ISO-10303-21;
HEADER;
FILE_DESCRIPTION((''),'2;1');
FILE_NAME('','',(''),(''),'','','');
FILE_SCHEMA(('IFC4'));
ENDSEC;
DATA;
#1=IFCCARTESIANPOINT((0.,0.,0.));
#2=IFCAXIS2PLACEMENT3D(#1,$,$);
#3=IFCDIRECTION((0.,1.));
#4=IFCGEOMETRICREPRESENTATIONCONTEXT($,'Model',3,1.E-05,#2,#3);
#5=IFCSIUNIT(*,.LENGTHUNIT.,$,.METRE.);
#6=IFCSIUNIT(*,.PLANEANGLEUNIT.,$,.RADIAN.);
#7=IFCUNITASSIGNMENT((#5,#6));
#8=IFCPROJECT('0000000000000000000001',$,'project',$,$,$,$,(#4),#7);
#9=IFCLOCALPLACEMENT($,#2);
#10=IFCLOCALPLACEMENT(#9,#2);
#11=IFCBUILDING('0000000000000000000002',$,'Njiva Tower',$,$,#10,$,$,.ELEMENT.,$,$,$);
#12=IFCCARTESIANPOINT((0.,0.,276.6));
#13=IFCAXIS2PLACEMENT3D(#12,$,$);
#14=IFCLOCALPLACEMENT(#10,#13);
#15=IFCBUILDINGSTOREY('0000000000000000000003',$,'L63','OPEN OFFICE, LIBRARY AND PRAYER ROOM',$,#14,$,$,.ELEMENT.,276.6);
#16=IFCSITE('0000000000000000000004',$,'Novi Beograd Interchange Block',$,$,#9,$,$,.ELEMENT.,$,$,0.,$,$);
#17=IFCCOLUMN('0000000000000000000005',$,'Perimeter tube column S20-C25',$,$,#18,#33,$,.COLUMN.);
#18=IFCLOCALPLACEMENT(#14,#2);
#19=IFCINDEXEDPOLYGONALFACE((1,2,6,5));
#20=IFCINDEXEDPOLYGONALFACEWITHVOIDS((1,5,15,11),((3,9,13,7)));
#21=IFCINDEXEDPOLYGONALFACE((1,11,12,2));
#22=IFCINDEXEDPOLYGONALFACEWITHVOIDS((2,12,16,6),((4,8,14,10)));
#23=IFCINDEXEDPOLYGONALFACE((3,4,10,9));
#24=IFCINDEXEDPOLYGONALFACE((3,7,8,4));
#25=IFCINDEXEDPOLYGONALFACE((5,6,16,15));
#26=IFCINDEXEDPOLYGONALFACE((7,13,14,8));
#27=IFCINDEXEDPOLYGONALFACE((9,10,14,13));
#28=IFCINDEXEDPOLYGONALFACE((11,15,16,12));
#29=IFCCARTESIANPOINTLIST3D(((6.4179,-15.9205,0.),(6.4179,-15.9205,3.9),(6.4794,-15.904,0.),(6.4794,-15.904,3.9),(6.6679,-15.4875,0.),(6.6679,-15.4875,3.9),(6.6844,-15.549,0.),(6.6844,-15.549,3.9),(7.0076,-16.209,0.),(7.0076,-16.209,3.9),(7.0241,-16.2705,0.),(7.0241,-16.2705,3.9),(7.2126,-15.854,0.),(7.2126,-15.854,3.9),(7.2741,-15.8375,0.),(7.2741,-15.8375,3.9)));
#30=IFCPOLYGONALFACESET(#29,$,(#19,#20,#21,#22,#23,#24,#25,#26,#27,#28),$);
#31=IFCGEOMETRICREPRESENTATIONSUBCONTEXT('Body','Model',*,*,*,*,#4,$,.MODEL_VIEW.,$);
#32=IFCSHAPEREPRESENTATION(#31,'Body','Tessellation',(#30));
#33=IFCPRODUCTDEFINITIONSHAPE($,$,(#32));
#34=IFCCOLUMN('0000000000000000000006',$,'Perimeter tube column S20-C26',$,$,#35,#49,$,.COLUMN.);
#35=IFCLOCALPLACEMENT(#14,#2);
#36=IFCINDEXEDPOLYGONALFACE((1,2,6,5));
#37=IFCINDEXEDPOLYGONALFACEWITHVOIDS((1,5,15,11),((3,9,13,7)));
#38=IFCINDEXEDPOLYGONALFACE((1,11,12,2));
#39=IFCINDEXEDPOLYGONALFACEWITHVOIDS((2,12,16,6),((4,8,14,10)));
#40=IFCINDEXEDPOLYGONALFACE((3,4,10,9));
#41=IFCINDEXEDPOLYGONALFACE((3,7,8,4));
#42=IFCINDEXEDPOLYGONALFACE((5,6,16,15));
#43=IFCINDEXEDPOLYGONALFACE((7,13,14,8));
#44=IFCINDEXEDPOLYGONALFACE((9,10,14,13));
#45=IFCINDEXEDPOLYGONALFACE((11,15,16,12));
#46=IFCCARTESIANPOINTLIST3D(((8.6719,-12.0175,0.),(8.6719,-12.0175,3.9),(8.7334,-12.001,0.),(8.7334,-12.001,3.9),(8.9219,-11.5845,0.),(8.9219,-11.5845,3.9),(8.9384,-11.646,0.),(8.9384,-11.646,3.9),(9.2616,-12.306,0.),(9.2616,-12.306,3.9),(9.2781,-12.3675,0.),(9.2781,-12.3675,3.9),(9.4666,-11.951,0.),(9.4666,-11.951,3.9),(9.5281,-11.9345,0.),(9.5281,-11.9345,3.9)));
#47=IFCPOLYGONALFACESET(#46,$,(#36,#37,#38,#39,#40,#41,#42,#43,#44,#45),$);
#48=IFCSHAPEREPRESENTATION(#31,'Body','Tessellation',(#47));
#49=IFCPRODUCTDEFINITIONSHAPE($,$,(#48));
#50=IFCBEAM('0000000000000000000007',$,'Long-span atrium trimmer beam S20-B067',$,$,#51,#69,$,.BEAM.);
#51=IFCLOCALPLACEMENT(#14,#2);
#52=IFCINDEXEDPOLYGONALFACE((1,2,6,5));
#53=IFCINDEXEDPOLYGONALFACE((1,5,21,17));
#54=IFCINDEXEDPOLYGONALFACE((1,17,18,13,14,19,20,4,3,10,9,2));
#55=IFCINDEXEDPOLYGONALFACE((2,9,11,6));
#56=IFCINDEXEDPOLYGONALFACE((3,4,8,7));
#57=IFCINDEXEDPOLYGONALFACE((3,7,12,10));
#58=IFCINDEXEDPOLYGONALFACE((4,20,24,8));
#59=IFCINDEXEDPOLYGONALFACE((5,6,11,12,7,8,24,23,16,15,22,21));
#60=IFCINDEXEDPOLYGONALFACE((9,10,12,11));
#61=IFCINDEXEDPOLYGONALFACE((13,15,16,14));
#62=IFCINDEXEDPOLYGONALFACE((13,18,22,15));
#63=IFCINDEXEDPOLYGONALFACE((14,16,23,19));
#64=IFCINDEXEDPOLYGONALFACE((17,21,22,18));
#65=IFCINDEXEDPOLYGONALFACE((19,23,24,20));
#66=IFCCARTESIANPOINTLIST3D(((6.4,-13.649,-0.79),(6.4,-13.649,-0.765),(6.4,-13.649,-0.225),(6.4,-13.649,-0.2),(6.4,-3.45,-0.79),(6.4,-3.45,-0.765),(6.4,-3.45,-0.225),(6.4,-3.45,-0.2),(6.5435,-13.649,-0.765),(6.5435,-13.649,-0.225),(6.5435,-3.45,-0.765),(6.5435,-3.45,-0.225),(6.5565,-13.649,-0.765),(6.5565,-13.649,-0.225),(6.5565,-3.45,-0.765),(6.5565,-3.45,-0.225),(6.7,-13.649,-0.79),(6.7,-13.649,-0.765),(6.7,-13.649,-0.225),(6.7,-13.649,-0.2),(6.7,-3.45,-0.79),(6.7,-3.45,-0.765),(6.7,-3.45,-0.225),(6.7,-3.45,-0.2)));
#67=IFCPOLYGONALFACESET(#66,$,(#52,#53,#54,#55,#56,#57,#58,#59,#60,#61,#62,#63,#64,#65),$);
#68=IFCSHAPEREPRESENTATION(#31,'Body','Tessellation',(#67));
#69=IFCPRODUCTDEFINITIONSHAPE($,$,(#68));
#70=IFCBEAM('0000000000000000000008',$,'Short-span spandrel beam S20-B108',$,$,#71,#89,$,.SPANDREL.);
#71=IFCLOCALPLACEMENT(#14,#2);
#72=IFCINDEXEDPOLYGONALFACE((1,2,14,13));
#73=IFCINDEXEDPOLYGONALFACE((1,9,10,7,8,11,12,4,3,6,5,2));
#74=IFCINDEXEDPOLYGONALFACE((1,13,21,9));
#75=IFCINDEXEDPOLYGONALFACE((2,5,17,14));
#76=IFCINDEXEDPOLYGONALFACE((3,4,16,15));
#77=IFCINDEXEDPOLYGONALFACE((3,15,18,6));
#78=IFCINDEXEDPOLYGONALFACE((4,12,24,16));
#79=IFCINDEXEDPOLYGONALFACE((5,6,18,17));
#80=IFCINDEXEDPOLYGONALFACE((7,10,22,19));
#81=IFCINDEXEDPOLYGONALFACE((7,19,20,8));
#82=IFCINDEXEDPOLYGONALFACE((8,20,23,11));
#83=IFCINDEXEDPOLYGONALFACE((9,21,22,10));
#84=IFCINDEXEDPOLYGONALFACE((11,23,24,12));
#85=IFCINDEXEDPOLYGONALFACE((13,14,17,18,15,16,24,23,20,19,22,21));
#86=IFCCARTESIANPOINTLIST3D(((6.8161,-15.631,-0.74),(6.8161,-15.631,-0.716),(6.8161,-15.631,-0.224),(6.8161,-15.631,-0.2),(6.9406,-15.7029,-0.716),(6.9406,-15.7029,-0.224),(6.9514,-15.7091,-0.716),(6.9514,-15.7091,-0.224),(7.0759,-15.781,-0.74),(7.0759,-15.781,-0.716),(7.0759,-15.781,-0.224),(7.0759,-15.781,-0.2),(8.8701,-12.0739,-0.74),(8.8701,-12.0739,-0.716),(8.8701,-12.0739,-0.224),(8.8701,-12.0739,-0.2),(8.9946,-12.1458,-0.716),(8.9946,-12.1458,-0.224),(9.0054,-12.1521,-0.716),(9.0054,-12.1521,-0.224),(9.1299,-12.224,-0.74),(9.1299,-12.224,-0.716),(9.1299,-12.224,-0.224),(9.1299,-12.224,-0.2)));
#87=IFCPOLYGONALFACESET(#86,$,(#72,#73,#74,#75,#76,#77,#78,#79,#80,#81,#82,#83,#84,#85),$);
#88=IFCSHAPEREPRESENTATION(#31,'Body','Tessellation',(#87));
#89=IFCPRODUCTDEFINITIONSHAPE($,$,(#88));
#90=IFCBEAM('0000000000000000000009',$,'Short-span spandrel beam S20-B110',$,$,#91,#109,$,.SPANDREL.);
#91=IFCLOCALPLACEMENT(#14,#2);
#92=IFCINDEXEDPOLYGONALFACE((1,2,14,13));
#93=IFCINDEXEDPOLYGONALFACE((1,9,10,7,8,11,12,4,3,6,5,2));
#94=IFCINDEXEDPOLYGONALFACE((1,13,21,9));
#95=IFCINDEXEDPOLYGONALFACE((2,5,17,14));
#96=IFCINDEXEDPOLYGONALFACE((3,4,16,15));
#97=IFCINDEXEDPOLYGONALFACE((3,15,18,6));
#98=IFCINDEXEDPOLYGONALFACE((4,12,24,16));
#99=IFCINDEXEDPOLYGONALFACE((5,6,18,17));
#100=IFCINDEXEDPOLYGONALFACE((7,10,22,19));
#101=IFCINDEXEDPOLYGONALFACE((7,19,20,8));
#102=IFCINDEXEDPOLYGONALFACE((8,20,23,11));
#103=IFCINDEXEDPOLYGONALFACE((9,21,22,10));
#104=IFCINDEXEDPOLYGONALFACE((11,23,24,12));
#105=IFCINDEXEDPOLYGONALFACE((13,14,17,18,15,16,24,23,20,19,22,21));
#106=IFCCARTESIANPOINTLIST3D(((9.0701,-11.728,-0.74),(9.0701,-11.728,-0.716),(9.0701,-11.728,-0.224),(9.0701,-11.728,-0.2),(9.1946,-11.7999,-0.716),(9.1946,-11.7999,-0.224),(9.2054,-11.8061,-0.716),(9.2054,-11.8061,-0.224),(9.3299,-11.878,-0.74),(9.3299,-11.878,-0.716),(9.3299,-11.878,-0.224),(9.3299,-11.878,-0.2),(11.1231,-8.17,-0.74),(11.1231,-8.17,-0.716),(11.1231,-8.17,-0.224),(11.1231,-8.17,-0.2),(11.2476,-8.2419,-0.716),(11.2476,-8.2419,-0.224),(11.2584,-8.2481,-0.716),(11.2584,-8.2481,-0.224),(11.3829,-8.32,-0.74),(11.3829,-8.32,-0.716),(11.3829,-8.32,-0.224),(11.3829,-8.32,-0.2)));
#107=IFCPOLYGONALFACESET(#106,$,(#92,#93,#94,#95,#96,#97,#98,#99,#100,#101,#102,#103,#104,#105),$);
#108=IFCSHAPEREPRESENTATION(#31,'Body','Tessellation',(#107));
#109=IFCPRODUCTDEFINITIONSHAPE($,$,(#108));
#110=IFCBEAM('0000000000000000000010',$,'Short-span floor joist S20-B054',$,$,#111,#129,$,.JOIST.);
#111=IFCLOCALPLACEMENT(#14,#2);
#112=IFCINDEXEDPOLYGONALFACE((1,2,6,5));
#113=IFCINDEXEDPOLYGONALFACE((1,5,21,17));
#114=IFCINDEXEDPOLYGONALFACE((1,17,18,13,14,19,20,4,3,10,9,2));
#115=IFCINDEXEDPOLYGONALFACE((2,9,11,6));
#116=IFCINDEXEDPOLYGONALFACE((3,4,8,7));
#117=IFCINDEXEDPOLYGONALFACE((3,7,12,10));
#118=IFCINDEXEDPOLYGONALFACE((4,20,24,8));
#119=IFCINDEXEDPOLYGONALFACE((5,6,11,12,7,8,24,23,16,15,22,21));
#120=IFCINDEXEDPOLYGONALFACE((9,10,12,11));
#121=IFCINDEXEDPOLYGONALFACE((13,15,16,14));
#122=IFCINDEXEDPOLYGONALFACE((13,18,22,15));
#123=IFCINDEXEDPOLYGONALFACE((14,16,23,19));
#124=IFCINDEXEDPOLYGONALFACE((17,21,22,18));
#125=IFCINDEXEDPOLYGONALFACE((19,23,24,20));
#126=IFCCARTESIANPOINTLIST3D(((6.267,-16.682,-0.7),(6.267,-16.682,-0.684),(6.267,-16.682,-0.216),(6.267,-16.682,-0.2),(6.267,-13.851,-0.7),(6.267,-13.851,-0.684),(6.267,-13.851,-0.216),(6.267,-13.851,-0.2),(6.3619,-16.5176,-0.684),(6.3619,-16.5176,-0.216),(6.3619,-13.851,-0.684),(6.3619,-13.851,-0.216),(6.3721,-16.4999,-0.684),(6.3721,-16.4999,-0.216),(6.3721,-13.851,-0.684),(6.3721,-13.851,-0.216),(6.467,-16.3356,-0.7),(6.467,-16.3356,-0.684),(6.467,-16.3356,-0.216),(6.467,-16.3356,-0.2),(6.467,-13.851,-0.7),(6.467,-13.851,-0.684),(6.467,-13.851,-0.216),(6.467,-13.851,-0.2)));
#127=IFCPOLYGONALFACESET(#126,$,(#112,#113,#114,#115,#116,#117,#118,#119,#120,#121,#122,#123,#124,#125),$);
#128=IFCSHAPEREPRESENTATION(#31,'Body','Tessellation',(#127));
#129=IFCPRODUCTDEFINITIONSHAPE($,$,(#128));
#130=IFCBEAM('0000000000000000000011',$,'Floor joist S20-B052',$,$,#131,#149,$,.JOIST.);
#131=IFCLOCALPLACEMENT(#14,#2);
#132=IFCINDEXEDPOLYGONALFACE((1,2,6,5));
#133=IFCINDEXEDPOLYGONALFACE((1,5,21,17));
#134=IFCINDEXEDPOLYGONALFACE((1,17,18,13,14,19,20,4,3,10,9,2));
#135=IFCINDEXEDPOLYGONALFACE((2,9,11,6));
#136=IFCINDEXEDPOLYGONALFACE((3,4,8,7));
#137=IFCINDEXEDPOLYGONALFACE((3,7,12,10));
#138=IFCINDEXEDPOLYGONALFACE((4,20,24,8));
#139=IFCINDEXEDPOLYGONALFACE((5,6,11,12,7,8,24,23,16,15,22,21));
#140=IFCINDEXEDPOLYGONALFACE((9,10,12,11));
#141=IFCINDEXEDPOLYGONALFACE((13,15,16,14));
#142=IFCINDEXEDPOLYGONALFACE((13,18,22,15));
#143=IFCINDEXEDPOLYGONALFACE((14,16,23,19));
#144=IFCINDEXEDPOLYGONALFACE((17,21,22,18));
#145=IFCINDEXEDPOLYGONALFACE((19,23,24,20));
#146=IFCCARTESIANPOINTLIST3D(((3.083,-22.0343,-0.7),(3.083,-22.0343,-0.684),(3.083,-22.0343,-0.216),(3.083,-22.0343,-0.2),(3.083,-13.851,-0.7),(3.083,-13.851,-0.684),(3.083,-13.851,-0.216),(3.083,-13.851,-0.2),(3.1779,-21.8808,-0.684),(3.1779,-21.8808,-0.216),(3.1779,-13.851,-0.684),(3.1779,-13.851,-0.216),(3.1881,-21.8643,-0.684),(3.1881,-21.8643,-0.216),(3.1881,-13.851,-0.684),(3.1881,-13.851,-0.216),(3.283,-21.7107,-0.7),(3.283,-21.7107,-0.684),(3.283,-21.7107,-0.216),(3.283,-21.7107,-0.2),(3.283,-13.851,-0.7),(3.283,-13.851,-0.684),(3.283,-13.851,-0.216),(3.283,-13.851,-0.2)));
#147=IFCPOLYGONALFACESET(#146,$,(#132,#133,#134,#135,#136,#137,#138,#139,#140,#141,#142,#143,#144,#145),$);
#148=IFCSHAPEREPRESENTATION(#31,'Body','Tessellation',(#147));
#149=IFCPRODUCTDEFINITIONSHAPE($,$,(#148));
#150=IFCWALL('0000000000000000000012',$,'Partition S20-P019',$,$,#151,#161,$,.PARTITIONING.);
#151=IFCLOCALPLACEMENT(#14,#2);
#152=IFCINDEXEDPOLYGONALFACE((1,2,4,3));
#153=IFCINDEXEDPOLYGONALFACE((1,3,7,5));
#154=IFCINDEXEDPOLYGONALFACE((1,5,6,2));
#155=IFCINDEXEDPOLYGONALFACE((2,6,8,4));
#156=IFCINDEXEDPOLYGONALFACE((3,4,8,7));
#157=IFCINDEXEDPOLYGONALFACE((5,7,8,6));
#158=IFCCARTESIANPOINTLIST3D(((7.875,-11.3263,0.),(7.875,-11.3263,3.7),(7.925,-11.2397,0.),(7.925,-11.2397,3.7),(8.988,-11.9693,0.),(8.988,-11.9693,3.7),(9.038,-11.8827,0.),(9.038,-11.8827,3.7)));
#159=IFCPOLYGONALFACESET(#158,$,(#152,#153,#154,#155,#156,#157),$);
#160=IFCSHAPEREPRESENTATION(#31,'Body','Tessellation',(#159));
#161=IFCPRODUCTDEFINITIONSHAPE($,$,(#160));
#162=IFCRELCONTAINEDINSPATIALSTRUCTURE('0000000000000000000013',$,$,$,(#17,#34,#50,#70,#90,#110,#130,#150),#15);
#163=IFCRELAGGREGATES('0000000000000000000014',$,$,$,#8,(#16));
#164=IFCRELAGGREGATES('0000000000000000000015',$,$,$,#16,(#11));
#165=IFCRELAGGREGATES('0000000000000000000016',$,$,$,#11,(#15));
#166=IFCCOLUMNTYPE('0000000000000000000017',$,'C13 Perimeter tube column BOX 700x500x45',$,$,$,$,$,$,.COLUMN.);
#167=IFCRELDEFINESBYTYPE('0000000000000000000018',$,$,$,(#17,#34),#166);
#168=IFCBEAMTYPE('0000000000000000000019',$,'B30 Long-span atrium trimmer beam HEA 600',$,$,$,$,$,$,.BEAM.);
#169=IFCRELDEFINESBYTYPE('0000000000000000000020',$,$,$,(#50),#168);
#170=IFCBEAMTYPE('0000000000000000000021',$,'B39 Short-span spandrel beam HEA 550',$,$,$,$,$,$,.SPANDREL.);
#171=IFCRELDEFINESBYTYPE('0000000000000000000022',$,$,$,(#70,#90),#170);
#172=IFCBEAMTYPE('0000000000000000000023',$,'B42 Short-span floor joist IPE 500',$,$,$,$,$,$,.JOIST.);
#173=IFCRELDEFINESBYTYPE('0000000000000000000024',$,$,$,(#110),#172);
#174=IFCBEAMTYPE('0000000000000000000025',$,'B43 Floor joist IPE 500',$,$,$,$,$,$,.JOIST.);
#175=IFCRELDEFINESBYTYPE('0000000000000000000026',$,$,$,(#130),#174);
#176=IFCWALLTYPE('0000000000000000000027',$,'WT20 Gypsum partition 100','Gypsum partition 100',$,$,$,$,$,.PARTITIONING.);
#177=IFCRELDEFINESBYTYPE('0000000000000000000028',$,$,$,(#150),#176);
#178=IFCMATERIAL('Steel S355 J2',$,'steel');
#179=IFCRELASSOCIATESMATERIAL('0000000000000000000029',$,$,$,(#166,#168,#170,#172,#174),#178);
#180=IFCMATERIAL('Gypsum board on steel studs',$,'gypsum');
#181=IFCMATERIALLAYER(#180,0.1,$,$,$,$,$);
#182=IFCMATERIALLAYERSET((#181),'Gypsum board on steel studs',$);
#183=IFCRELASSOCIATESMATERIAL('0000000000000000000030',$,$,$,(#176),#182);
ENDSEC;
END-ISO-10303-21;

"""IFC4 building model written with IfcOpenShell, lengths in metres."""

from ifc_helpers import new_model, si_unit, direction, frame, frame_2d, origin, origin_2d, place, context, subcontext, project, spatial, rectangle, hollow_rectangle, i_section, extrude, clip, halfspace, material, layer, layer_set, material_profile, profile_set, type_object, element, save


model = new_model("IFC4")

# Units and contexts
model_context = context("Model", 3, precision=1e-05, world=origin(), true_north=direction((0.0, 1.0)))
body_context = subcontext(model_context, "Body", "Model", "MODEL_VIEW")
ifc_project = project(units=[si_unit("LENGTHUNIT", "METRE"), si_unit("PLANEANGLEUNIT", "RADIAN")], contexts=[model_context])

# Site, building, storey
site_placement = place(None, origin())
site = spatial("IfcSite", under=ifc_project, at=site_placement, Name="Novi Beograd Interchange Block", CompositionType="ELEMENT", RefElevation=0.0)
building_placement = place(site_placement, origin())
building = spatial("IfcBuilding", under=site, at=building_placement, Name="Njiva Tower", CompositionType="ELEMENT")
storey_placement = place(building_placement, frame((0.0, 0.0, 276.6)))
storey = spatial("IfcBuildingStorey", under=building, at=storey_placement, Name="L63", Description="OPEN OFFICE, LIBRARY AND PRAYER ROOM", CompositionType="ELEMENT", Elevation=276.6)

# Columns
ifc_material_1 = material(Name="Steel S355 J2", Category="steel")
ifc_material_profile_1 = material_profile(ifc_material_1, hollow_rectangle(XDim=0.5, YDim=0.7, WallThickness=0.045, at=origin_2d()), Name="BOX 700x500x45")
ifc_profile_set_1 = profile_set([ifc_material_profile_1], Name="Steel S355 J2")
column_type = type_object("IfcColumnType", Name="C13 Perimeter tube column BOX 700x500x45", PredefinedType="COLUMN", material=ifc_profile_set_1)
for number, where, z_axis, x_axis, name in (
    (1, (6.846, -15.879, 0.0), (0.0, 0.0, 1.0), (0.5, 0.866025, 0.0), "Perimeter tube column S20-C25"),
    (2, (9.1, -11.976, 0.0), (0.0, 0.0, 1.0), (0.5, 0.866025, 0.0), "Perimeter tube column S20-C26"),
):
    element("IfcColumn", number, at=place(storey_placement, frame(where, z_axis=z_axis, x_axis=x_axis)), inside=storey, type_object=column_type, Name=name, PredefinedType="COLUMN", context=body_context, shape_type="SweptSolid", body=[
        extrude(hollow_rectangle(XDim=0.5, YDim=0.7, WallThickness=0.045, at=origin_2d()), origin(), (0.0, 0.0, 1.0), 3.9),
    ])

# Beams
ifc_material_profile_2 = material_profile(ifc_material_1, i_section(OverallWidth=0.3, OverallDepth=0.59, WebThickness=0.013, FlangeThickness=0.025, at=origin_2d()), Name="HEA 600")
ifc_profile_set_2 = profile_set([ifc_material_profile_2], Name="Steel S355 J2")
beam_type_1 = type_object("IfcBeamType", Name="B30 Long-span atrium trimmer beam HEA 600", PredefinedType="BEAM", material=ifc_profile_set_2)
beam_1_placement = place(storey_placement, frame((6.55, -13.649, -0.495), z_axis=(0.0, 1.0, 0.0), x_axis=(-1.0, 0.0, 0.0)))
element("IfcBeam", 3, at=beam_1_placement, inside=storey, type_object=beam_type_1, Name="Long-span atrium trimmer beam S20-B067", PredefinedType="BEAM", context=body_context, shape_type="SweptSolid", body=[
    extrude(i_section(OverallWidth=0.3, OverallDepth=0.59, WebThickness=0.013, FlangeThickness=0.025, at=origin_2d()), origin(), (0.0, 0.0, 1.0), 10.199),
])
ifc_material_profile_3 = material_profile(ifc_material_1, i_section(OverallWidth=0.3, OverallDepth=0.54, WebThickness=0.0125, FlangeThickness=0.024, at=origin_2d()), Name="HEA 550")
ifc_profile_set_3 = profile_set([ifc_material_profile_3], Name="Steel S355 J2")
beam_type_2 = type_object("IfcBeamType", Name="B39 Short-span spandrel beam HEA 550", PredefinedType="SPANDREL", material=ifc_profile_set_3)
beam_2_placement = place(storey_placement, frame((6.946, -15.706, -0.47), z_axis=(0.500067, 0.865987, 0.0), x_axis=(-0.865987, 0.500067, 0.0)))
element("IfcBeam", 4, at=beam_2_placement, inside=storey, type_object=beam_type_2, Name="Short-span spandrel beam S20-B108", PredefinedType="SPANDREL", context=body_context, shape_type="SweptSolid", body=[
    extrude(i_section(OverallWidth=0.3, OverallDepth=0.54, WebThickness=0.0125, FlangeThickness=0.024, at=origin_2d()), origin(), (0.0, 0.0, 1.0), 4.1075),
])
beam_3_placement = place(storey_placement, frame((9.2, -11.803, -0.47), z_axis=(0.499779, 0.866153, 0.0), x_axis=(-0.866153, 0.499779, 0.0)))
element("IfcBeam", 5, at=beam_3_placement, inside=storey, type_object=beam_type_2, Name="Short-span spandrel beam S20-B110", PredefinedType="SPANDREL", context=body_context, shape_type="SweptSolid", body=[
    extrude(i_section(OverallWidth=0.3, OverallDepth=0.54, WebThickness=0.0125, FlangeThickness=0.024, at=origin_2d()), origin(), (0.0, 0.0, 1.0), 4.1078),
])
ifc_material_profile_4 = material_profile(ifc_material_1, i_section(OverallWidth=0.2, OverallDepth=0.5, WebThickness=0.0102, FlangeThickness=0.016, at=origin_2d()), Name="IPE 500")
ifc_profile_set_4 = profile_set([ifc_material_profile_4], Name="Steel S355 J2")
beam_type_3 = type_object("IfcBeamType", Name="B42 Short-span floor joist IPE 500", PredefinedType="JOIST", material=ifc_profile_set_4)
beam_4_placement = place(storey_placement, frame((6.367, -13.851, -0.45), z_axis=(0.0, -1.0, 0.0), x_axis=(1.0, 0.0, 0.0)))
element("IfcBeam", 6, at=beam_4_placement, inside=storey, type_object=beam_type_3, Name="Short-span floor joist S20-B054", PredefinedType="JOIST", context=body_context, shape_type="Clipping", body=[
    clip(extrude(i_section(OverallWidth=0.2, OverallDepth=0.5, WebThickness=0.0102, FlangeThickness=0.016, at=origin_2d()), origin(), (0.0, 0.0, 1.0), 2.851), halfspace(frame((0.043, 0.0, 2.5833), z_axis=(0.866027, 0.0, 0.499998), x_axis=(0.0, 1.0, 0.0)), False)),
])
ifc_material_profile_5 = material_profile(ifc_material_1, i_section(OverallWidth=0.2, OverallDepth=0.5, WebThickness=0.0102, FlangeThickness=0.016, at=origin_2d()), Name="IPE 500")
ifc_profile_set_5 = profile_set([ifc_material_profile_5], Name="Steel S355 J2")
beam_type_4 = type_object("IfcBeamType", Name="B43 Floor joist IPE 500", PredefinedType="JOIST", material=ifc_profile_set_5)
beam_5_placement = place(storey_placement, frame((3.183, -13.851, -0.45), z_axis=(0.0, -1.0, 0.0), x_axis=(1.0, 0.0, 0.0)))
element("IfcBeam", 7, at=beam_5_placement, inside=storey, type_object=beam_type_4, Name="Floor joist S20-B052", PredefinedType="JOIST", context=body_context, shape_type="Clipping", body=[
    clip(extrude(i_section(OverallWidth=0.2, OverallDepth=0.5, WebThickness=0.0102, FlangeThickness=0.016, at=origin_2d()), origin(), (0.0, 0.0, 1.0), 8.203), halfspace(frame((0.0429, 0.0, 7.9521), z_axis=(0.85062, 0.0, 0.52578), x_axis=(0.0, 1.0, 0.0)), False)),
])

# Wall
ifc_material_2 = material(Name="Gypsum board on steel studs", Category="gypsum")
ifc_layer_1 = layer(ifc_material_2, 0.1)
ifc_layer_set_1 = layer_set([ifc_layer_1], Name="Gypsum board on steel studs")
wall_type_1 = type_object("IfcWallType", Name="WT20 Gypsum partition 100", Description="Gypsum partition 100", PredefinedType="PARTITIONING", material=ifc_layer_set_1)
wall_1_placement = place(storey_placement, frame((7.9, -11.283, 0.0), z_axis=(0.0, 0.0, 1.0), x_axis=(0.865888, -0.500239, 0.0)))
element("IfcWall", 8, at=wall_1_placement, inside=storey, type_object=wall_type_1, Name="Partition S20-P019", PredefinedType="PARTITIONING", context=body_context, shape_type="SweptSolid", body=[
    extrude(rectangle(XDim=1.2854, YDim=0.1, at=frame_2d((0.6427, 0.0))), origin(), (0.0, 0.0, 1.0), 3.7),
])

save(model, "model.ifc")
